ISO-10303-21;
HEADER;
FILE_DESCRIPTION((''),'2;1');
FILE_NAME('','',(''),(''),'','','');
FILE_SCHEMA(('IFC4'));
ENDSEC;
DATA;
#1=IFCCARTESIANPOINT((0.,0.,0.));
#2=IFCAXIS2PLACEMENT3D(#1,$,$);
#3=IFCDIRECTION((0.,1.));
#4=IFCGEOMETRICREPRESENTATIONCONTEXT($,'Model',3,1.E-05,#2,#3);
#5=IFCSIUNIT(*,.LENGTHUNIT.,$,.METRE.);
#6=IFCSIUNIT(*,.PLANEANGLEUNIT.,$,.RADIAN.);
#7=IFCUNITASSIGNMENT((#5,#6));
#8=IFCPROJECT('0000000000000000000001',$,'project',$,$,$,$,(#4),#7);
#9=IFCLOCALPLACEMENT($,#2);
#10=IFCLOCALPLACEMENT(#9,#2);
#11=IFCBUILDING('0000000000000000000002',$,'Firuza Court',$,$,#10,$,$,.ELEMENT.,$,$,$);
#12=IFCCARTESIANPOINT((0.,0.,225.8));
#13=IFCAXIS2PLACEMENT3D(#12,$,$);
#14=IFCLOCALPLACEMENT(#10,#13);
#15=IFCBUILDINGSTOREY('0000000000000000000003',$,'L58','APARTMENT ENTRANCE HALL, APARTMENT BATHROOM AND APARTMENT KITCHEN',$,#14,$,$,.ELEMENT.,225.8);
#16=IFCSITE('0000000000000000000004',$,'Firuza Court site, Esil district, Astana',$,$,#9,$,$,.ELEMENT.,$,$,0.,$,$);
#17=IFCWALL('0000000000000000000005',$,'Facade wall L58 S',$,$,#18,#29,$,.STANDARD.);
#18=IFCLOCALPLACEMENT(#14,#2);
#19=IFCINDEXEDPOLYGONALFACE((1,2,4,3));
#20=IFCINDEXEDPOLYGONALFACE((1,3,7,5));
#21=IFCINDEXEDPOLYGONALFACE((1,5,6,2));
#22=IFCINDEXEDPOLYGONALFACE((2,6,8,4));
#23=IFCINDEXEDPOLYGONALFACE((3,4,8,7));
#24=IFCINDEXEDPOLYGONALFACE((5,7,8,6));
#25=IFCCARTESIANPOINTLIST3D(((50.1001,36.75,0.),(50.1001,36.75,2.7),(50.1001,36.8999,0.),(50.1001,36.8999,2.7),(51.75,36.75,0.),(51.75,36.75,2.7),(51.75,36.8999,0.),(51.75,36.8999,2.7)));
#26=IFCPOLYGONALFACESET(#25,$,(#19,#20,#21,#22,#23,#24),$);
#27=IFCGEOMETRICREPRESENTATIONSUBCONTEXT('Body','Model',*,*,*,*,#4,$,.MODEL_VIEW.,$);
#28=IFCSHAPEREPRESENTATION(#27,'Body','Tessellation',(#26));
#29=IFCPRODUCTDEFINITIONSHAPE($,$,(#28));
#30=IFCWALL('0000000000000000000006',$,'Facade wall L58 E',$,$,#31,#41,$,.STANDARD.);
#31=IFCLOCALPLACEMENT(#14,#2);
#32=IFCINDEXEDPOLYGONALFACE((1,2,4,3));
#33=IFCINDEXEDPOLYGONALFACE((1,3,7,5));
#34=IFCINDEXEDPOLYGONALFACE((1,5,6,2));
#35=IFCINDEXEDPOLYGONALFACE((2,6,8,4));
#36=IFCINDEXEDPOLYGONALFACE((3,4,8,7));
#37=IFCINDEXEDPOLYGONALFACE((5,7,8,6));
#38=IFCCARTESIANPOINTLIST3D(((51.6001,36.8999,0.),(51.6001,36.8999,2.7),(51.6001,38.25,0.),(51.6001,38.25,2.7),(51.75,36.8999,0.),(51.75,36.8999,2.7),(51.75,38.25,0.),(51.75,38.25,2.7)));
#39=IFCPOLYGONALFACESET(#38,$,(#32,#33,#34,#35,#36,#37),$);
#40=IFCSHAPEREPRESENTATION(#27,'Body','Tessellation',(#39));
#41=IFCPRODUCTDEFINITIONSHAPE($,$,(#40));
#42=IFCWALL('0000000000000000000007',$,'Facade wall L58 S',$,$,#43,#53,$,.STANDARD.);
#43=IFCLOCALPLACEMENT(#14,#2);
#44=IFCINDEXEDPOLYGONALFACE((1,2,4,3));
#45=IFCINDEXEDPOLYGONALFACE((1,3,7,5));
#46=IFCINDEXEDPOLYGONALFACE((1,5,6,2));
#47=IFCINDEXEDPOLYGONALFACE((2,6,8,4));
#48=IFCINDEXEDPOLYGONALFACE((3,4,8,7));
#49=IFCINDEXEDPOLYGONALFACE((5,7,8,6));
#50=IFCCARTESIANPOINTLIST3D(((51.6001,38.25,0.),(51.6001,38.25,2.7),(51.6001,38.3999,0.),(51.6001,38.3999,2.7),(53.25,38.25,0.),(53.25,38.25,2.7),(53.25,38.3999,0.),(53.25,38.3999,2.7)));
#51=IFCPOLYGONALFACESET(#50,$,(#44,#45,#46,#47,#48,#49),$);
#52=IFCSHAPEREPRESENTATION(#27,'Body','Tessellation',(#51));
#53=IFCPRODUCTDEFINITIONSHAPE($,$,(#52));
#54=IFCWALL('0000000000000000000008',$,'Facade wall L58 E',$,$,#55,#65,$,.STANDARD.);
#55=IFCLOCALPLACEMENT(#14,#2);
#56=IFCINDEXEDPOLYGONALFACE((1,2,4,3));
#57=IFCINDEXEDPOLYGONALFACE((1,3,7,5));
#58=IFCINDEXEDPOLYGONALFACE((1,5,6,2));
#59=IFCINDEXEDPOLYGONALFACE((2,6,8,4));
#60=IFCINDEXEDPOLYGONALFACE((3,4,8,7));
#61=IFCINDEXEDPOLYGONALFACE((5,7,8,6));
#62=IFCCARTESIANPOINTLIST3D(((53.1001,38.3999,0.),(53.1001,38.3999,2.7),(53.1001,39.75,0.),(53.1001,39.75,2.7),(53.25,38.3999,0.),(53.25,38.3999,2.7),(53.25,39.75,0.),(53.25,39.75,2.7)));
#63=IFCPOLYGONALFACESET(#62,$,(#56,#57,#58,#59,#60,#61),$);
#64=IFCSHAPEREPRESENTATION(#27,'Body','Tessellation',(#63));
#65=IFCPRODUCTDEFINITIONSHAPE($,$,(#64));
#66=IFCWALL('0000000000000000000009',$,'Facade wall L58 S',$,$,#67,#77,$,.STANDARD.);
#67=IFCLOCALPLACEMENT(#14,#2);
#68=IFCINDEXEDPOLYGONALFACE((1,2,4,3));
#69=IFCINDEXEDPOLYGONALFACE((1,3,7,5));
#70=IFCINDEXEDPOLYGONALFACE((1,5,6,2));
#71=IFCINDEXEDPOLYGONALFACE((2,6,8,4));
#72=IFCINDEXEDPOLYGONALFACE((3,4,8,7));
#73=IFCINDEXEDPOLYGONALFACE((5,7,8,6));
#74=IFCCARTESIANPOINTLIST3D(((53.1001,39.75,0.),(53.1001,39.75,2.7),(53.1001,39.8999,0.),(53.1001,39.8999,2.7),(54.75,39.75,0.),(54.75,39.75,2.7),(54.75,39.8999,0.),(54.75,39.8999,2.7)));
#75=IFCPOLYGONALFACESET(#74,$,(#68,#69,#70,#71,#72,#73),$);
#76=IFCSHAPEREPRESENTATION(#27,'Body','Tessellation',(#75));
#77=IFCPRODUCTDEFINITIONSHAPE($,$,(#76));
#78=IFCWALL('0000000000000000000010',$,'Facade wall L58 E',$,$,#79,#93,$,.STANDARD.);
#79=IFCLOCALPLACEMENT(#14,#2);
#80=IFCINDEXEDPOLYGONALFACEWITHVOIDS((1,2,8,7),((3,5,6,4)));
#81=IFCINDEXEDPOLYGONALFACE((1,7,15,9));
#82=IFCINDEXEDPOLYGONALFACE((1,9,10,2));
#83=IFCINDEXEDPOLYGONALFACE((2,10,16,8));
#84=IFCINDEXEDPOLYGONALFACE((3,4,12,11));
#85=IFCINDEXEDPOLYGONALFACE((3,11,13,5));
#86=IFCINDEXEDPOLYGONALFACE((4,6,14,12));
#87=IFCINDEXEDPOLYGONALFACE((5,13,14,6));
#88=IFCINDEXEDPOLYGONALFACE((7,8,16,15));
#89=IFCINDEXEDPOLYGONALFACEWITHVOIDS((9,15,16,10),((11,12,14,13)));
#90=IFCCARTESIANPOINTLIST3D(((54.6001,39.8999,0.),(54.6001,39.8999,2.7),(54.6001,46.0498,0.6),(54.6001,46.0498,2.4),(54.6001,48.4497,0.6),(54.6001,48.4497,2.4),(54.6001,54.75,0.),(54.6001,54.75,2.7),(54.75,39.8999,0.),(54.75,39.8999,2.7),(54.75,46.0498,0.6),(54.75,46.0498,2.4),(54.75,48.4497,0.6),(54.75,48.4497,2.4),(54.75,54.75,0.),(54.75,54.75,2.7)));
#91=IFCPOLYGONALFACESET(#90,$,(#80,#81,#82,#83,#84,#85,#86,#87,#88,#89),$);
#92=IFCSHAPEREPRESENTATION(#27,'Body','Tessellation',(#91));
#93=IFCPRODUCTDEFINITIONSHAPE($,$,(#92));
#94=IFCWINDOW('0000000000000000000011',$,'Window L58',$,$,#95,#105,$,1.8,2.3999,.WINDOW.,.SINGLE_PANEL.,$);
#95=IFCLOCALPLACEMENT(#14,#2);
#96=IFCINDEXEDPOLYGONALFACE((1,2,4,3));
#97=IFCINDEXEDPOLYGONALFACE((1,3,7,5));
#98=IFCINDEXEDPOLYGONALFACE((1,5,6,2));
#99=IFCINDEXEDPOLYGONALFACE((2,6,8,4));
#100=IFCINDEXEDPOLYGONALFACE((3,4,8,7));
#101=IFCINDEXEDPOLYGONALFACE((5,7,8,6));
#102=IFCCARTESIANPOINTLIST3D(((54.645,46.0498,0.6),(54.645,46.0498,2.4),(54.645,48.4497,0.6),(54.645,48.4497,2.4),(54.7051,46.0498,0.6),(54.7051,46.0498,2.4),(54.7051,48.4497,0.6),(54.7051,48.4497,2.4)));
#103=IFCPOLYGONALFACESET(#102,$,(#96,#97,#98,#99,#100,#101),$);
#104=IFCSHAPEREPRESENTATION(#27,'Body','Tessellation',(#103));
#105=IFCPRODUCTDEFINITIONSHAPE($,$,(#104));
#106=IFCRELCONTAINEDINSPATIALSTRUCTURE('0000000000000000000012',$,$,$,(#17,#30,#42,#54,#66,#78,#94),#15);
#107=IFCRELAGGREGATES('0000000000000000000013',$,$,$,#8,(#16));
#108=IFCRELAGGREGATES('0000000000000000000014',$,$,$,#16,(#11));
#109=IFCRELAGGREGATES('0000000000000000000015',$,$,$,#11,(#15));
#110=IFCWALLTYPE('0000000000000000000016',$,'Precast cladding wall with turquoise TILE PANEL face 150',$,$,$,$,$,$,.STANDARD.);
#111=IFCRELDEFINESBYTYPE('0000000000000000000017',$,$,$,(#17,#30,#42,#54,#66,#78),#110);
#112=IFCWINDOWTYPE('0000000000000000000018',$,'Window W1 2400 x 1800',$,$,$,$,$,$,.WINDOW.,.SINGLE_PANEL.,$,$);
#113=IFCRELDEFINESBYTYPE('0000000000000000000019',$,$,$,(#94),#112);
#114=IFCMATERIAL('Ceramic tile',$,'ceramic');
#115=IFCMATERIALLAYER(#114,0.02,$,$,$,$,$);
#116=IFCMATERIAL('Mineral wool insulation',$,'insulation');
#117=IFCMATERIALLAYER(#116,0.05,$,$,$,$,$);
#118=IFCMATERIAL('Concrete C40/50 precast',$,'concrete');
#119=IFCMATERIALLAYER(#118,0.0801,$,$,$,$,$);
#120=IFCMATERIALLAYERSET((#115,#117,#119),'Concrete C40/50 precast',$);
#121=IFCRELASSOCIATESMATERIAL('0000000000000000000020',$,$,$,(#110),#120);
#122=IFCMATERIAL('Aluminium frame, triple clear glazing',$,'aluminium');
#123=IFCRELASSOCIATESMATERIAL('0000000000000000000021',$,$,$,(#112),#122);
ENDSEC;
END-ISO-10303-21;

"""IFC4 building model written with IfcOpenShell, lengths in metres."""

from ifc_helpers import new_model, si_unit, direction, frame, frame_2d, origin, place, context, subcontext, project, spatial, rectangle, extrude, material, layer, layer_set, type_object, element, fill, save


model = new_model("IFC4")

# Units and contexts
model_context = context("Model", 3, precision=1e-05, world=origin(), true_north=direction((0.0, 1.0)))
body_context = subcontext(model_context, "Body", "Model", "MODEL_VIEW")
ifc_project = project(units=[si_unit("LENGTHUNIT", "METRE"), si_unit("PLANEANGLEUNIT", "RADIAN")], contexts=[model_context])

# Site, building, storey
site_placement = place(None, origin())
site = spatial("IfcSite", under=ifc_project, at=site_placement, Name="Firuza Court site, Esil district, Astana", CompositionType="ELEMENT", RefElevation=0.0)
building_placement = place(site_placement, origin())
building = spatial("IfcBuilding", under=site, at=building_placement, Name="Firuza Court", CompositionType="ELEMENT")
storey_placement = place(building_placement, frame((0.0, 0.0, 225.8)))
storey = spatial("IfcBuildingStorey", under=building, at=storey_placement, Name="L58", Description="APARTMENT ENTRANCE HALL, APARTMENT BATHROOM AND APARTMENT KITCHEN", CompositionType="ELEMENT", Elevation=225.8)

# Walls
ifc_material_1 = material(Name="Ceramic tile", Category="ceramic")
ifc_layer_1 = layer(ifc_material_1, 0.02)
ifc_material_2 = material(Name="Mineral wool insulation", Category="insulation")
ifc_layer_2 = layer(ifc_material_2, 0.05)
ifc_material_3 = material(Name="Concrete C40/50 precast", Category="concrete")
ifc_layer_3 = layer(ifc_material_3, 0.0801)
ifc_layer_set_1 = layer_set([ifc_layer_1, ifc_layer_2, ifc_layer_3], Name="Concrete C40/50 precast")
wall_type_1 = type_object("IfcWallType", Name="Precast cladding wall with turquoise TILE PANEL face 150", PredefinedType="STANDARD", material=ifc_layer_set_1)
wall_1_placement = place(storey_placement, frame((50.1001, 36.825, 0.0), z_axis=(0.0, 0.0, 1.0), x_axis=(1.0, 0.0, 0.0)))
element("IfcWall", 1, at=wall_1_placement, inside=storey, type_object=wall_type_1, Name="Facade wall L58 S", PredefinedType="STANDARD", context=body_context, shape_type="SweptSolid", body=[
    extrude(rectangle(XDim=1.6499, YDim=0.1499, at=frame_2d((0.825, 0.0))), origin(), (0.0, 0.0, 1.0), 2.7),
])
wall_2_placement = place(storey_placement, frame((51.675, 36.8999, 0.0), z_axis=(0.0, 0.0, 1.0), x_axis=(0.0, 1.0, 0.0)))
element("IfcWall", 2, at=wall_2_placement, inside=storey, type_object=wall_type_1, Name="Facade wall L58 E", PredefinedType="STANDARD", context=body_context, shape_type="SweptSolid", body=[
    extrude(rectangle(XDim=1.3501, YDim=0.1499, at=frame_2d((0.675, 0.0))), origin(), (0.0, 0.0, 1.0), 2.7),
])
wall_3_placement = place(storey_placement, frame((51.6001, 38.325, 0.0), z_axis=(0.0, 0.0, 1.0), x_axis=(1.0, 0.0, 0.0)))
element("IfcWall", 3, at=wall_3_placement, inside=storey, type_object=wall_type_1, Name="Facade wall L58 S", PredefinedType="STANDARD", context=body_context, shape_type="SweptSolid", body=[
    extrude(rectangle(XDim=1.6499, YDim=0.1499, at=frame_2d((0.825, 0.0))), origin(), (0.0, 0.0, 1.0), 2.7),
])
wall_4_placement = place(storey_placement, frame((53.175, 38.3999, 0.0), z_axis=(0.0, 0.0, 1.0), x_axis=(0.0, 1.0, 0.0)))
element("IfcWall", 4, at=wall_4_placement, inside=storey, type_object=wall_type_1, Name="Facade wall L58 E", PredefinedType="STANDARD", context=body_context, shape_type="SweptSolid", body=[
    extrude(rectangle(XDim=1.3501, YDim=0.1499, at=frame_2d((0.675, 0.0))), origin(), (0.0, 0.0, 1.0), 2.7),
])
wall_5_placement = place(storey_placement, frame((53.1001, 39.825, 0.0), z_axis=(0.0, 0.0, 1.0), x_axis=(1.0, 0.0, 0.0)))
element("IfcWall", 5, at=wall_5_placement, inside=storey, type_object=wall_type_1, Name="Facade wall L58 S", PredefinedType="STANDARD", context=body_context, shape_type="SweptSolid", body=[
    extrude(rectangle(XDim=1.6499, YDim=0.1499, at=frame_2d((0.825, 0.0))), origin(), (0.0, 0.0, 1.0), 2.7),
])

# Wall, opening, window
wall_6_placement = place(storey_placement, frame((54.675, 39.8999, 0.0), z_axis=(0.0, 0.0, 1.0), x_axis=(0.0, 1.0, 0.0)))
wall_6 = element("IfcWall", 6, at=wall_6_placement, inside=storey, type_object=wall_type_1, Name="Facade wall L58 E", PredefinedType="STANDARD", context=body_context, shape_type="SweptSolid", body=[
    extrude(rectangle(XDim=14.8501, YDim=0.1499, at=frame_2d((7.425, 0.0))), origin(), (0.0, 0.0, 1.0), 2.7),
])
opening_1_placement = place(wall_6_placement, frame((6.1499, 0.0, 0.6001)))
opening_1 = element("IfcOpeningElement", 7, at=opening_1_placement, cuts=wall_6, PredefinedType="OPENING", context=body_context, shape_type="SweptSolid", body=[
    extrude(rectangle(XDim=2.3999, YDim=1.8, at=frame_2d((1.2, 0.8999))), frame((0.0, 0.0869, 0.0), z_axis=(0.0, -1.0, 0.0), x_axis=(1.0, 0.0, 0.0)), (0.0, 0.0, 1.0), 0.1738),
])
ifc_material_4 = material(Name="Aluminium frame, triple clear glazing", Category="aluminium")
window_type = type_object("IfcWindowType", Name="Window W1 2400 x 1800", PartitioningType="SINGLE_PANEL", PredefinedType="WINDOW", material=ifc_material_4)
window_placement = place(opening_1_placement, origin())
window = element("IfcWindow", 8, at=window_placement, inside=storey, type_object=window_type, Name="Window L58", OverallHeight=1.8, OverallWidth=2.3999, PartitioningType="SINGLE_PANEL", PredefinedType="WINDOW", context=body_context, shape_type="SweptSolid", body=[
    extrude(rectangle(XDim=2.3999, YDim=1.8, at=frame_2d((1.2, 0.8999))), frame((0.0, 0.03, 0.0), z_axis=(0.0, -1.0, 0.0), x_axis=(1.0, 0.0, 0.0)), (0.0, 0.0, 1.0), 0.0601),
])
fill(opening_1, window)

save(model, "model.ifc")
